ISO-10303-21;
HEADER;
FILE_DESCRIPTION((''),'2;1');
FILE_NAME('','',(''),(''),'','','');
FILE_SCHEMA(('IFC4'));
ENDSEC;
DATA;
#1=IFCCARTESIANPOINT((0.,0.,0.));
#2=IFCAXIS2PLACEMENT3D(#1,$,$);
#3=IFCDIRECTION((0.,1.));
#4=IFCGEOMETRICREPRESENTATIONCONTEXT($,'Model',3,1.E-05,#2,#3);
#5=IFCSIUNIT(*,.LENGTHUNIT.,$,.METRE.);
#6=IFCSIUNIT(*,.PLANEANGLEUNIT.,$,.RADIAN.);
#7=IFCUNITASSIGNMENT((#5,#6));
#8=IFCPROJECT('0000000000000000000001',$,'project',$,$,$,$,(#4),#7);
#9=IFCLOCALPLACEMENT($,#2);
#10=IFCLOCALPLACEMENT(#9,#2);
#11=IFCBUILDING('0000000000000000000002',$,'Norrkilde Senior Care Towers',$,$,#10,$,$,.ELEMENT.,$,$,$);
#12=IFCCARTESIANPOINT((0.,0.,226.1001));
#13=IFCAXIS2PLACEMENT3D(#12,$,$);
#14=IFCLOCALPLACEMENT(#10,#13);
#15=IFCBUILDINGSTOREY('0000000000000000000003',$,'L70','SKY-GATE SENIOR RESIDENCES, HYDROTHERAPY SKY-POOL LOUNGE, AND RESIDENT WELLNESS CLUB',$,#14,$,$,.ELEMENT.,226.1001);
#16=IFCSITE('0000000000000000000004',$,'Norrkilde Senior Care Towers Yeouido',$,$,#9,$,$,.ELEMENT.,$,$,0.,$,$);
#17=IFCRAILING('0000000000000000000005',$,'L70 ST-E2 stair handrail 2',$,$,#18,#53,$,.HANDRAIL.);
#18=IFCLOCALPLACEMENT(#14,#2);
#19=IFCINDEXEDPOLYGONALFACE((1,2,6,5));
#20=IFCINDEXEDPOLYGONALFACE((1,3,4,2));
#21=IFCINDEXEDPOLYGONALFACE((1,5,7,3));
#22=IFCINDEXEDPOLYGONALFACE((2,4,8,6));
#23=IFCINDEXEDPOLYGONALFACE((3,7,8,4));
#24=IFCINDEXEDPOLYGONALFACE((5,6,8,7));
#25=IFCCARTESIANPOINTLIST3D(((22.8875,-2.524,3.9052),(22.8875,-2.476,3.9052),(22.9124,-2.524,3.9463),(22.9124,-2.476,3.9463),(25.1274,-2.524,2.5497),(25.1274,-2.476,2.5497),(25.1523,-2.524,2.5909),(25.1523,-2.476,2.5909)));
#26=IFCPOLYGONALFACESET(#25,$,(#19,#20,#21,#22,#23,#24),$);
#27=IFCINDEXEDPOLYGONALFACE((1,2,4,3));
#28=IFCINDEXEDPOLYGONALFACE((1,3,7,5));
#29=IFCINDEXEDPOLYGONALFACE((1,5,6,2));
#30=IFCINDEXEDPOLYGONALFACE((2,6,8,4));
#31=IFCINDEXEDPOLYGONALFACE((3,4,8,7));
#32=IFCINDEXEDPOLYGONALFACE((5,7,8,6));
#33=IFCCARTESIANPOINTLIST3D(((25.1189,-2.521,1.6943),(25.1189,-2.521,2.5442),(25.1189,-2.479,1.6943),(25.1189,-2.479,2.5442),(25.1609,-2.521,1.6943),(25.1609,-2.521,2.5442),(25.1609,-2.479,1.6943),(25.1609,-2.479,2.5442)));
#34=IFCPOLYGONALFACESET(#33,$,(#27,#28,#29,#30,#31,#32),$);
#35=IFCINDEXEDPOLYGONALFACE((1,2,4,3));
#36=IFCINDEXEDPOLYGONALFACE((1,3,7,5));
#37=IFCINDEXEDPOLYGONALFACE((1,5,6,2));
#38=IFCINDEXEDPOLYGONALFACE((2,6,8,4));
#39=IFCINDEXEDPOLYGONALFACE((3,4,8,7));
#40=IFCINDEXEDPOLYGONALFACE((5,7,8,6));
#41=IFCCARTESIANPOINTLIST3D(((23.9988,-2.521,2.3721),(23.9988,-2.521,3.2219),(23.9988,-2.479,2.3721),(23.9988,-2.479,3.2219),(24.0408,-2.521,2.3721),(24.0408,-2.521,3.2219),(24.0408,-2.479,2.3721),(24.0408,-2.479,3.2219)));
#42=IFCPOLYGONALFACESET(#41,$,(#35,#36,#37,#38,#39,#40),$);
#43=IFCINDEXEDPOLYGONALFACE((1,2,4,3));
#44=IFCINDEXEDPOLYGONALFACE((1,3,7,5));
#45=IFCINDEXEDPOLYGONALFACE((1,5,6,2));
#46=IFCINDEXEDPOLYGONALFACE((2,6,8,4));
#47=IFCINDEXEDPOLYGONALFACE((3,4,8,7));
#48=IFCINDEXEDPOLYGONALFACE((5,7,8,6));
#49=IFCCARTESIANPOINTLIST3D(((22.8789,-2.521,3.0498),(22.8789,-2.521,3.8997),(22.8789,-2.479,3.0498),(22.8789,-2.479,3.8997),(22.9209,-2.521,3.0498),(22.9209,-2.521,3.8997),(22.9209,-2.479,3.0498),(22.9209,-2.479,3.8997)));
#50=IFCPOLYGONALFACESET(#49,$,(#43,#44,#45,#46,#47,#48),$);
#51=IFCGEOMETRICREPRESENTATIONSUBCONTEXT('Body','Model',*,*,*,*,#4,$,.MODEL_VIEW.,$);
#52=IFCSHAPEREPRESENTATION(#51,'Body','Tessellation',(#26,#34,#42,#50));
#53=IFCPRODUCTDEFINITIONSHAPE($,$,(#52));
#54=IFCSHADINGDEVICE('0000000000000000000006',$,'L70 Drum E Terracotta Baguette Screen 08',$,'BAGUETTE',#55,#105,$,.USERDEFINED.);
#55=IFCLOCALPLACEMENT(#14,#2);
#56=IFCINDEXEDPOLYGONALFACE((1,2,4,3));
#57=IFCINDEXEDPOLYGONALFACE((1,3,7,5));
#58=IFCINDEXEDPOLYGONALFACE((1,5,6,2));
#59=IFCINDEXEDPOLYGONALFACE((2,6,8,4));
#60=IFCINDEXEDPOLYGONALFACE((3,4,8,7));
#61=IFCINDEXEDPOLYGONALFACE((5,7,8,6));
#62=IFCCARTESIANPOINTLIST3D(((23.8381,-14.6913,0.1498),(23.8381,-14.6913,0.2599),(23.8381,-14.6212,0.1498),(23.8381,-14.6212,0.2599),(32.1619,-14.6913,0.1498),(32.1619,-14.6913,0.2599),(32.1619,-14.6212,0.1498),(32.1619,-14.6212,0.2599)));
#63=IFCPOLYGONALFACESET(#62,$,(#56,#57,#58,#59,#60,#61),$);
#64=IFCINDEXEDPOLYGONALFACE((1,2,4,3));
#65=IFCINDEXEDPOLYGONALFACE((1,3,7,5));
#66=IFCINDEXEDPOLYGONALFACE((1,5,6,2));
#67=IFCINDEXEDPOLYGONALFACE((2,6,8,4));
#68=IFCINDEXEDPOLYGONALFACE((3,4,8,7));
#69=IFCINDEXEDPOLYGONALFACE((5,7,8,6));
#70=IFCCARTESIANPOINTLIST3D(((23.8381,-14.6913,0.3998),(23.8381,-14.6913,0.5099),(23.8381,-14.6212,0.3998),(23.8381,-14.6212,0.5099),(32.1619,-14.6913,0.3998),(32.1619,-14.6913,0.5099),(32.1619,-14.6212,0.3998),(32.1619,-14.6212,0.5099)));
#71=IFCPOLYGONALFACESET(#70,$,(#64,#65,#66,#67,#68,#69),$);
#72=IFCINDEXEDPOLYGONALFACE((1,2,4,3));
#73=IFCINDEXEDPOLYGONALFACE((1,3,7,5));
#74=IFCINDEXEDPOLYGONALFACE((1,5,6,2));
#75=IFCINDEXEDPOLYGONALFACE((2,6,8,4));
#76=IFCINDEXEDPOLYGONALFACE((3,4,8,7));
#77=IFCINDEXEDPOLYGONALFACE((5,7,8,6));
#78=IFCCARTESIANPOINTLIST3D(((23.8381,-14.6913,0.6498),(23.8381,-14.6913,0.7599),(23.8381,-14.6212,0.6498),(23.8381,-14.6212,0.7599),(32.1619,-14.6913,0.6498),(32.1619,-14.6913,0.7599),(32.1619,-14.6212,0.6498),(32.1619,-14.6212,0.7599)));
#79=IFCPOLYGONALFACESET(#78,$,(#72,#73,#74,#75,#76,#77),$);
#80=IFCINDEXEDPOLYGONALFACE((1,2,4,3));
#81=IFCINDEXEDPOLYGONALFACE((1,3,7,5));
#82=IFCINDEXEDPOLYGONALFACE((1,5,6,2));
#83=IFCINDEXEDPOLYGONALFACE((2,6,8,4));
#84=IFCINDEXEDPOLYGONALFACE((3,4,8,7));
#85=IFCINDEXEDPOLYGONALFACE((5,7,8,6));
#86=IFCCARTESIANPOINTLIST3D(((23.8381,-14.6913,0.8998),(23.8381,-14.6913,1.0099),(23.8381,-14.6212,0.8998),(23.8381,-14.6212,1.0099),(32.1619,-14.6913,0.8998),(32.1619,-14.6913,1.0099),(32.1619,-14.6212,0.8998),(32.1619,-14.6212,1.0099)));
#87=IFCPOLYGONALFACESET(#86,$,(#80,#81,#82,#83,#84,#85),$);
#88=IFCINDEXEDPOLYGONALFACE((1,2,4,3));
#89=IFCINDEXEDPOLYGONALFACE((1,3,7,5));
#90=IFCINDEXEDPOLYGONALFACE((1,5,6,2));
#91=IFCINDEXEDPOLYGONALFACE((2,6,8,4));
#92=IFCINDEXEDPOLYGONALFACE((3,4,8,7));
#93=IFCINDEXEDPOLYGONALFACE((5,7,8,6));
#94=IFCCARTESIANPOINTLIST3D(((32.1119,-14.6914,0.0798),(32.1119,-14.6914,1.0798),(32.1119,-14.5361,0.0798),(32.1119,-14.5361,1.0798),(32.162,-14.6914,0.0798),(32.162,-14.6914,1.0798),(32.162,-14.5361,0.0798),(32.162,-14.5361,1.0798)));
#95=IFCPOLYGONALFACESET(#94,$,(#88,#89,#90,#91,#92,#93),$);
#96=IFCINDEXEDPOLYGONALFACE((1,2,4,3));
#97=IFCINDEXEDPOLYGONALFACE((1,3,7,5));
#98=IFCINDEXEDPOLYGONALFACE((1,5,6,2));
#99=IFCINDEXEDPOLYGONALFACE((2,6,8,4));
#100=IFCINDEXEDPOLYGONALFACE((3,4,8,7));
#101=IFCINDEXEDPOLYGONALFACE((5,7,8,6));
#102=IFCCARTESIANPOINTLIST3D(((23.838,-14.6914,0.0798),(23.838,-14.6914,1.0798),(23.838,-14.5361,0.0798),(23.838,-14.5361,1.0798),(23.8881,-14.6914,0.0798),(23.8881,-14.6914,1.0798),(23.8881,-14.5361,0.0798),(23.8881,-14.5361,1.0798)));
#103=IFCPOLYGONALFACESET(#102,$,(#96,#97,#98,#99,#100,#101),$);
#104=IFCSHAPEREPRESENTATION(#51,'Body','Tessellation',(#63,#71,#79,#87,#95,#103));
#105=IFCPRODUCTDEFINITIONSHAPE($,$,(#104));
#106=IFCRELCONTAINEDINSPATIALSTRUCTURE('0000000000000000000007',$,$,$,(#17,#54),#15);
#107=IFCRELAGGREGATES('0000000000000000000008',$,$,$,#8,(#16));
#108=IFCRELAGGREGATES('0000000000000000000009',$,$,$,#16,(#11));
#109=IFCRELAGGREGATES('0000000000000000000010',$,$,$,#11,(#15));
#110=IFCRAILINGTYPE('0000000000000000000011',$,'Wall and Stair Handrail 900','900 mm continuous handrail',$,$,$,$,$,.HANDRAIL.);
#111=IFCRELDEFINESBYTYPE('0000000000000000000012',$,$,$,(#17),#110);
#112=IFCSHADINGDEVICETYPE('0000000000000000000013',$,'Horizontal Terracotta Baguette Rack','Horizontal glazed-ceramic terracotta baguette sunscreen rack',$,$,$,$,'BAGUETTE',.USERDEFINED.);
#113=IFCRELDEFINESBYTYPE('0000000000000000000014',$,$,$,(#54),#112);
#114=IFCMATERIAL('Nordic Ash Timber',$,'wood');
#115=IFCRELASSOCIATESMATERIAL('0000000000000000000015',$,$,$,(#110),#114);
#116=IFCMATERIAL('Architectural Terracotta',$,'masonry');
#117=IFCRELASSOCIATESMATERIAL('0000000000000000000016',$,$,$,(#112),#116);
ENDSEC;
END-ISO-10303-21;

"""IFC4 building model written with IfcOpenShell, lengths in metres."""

from ifc_helpers import new_model, si_unit, direction, frame, origin, origin_2d, place, context, subcontext, project, spatial, rectangle, extrude, source, transform, mapped, material, type_object, type_shapes, element, save


model = new_model("IFC4")

# Units and contexts
model_context = context("Model", 3, precision=1e-05, world=origin(), true_north=direction((0.0, 1.0)))
body_context = subcontext(model_context, "Body", "Model", "MODEL_VIEW")
ifc_project = project(units=[si_unit("LENGTHUNIT", "METRE"), si_unit("PLANEANGLEUNIT", "RADIAN")], contexts=[model_context])

# Site, building, storey
site_placement = place(None, origin())
site = spatial("IfcSite", under=ifc_project, at=site_placement, Name="Norrkilde Senior Care Towers Yeouido", CompositionType="ELEMENT", RefElevation=0.0)
building_placement = place(site_placement, origin())
building = spatial("IfcBuilding", under=site, at=building_placement, Name="Norrkilde Senior Care Towers", CompositionType="ELEMENT")
storey_placement = place(building_placement, frame((0.0, 0.0, 226.1001)))
storey = spatial("IfcBuildingStorey", under=building, at=storey_placement, Name="L70", Description="SKY-GATE SENIOR RESIDENCES, HYDROTHERAPY SKY-POOL LOUNGE, AND RESIDENT WELLNESS CLUB", CompositionType="ELEMENT", Elevation=226.1001)

# Shared definitions
ifc_material_1 = material(Name="Nordic Ash Timber", Category="wood")

# Railing
railing_type_1 = type_object("IfcRailingType", Name="Wall and Stair Handrail 900", Description="900 mm continuous handrail", PredefinedType="HANDRAIL", material=ifc_material_1)
railing_1_placement = place(storey_placement, frame((25.1399, -2.5, 1.6943)))
element("IfcRailing", 1, at=railing_1_placement, inside=storey, type_object=railing_type_1, Name="L70 ST-E2 stair handrail 2", PredefinedType="HANDRAIL", context=body_context, shape_type="SweptSolid", body=[
    extrude(rectangle(XDim=0.0481, YDim=0.0481, at=origin_2d()), frame((0.0, 0.0, 0.876), z_axis=(-0.855553, 0.0, 0.517715), x_axis=(0.0, -1.0, 0.0)), (0.0, 0.0, 1.0), 2.6182),
    extrude(rectangle(XDim=0.042, YDim=0.042, at=origin_2d()), origin(), (0.0, 0.0, 1.0), 0.8499),
    extrude(rectangle(XDim=0.042, YDim=0.042, at=origin_2d()), frame((-1.1201, 0.0, 0.6777)), (0.0, 0.0, 1.0), 0.8499),
    extrude(rectangle(XDim=0.042, YDim=0.042, at=origin_2d()), frame((-2.24, 0.0, 1.3555)), (0.0, 0.0, 1.0), 0.8499),
])

# Shading device
ifc_material_2 = material(Name="Architectural Terracotta", Category="masonry")
shading_device_type = type_object("IfcShadingDeviceType", Name="Horizontal Terracotta Baguette Rack", Description="Horizontal glazed-ceramic terracotta baguette sunscreen rack", ElementType="BAGUETTE", PredefinedType="USERDEFINED", material=ifc_material_2)
shared_shape_1 = source(origin(), body_context, "Body", "SweptSolid", [
    extrude(rectangle(XDim=0.0701, YDim=0.1101, at=origin_2d()), frame((0.0, 0.0901, 0.125), z_axis=(1.0, 0.0, 0.0), x_axis=(0.0, 1.0, 0.0)), (0.0, 0.0, 1.0), 8.3237),
    extrude(rectangle(XDim=0.0701, YDim=0.1101, at=origin_2d()), frame((0.0, 0.0901, 0.375), z_axis=(1.0, 0.0, 0.0), x_axis=(0.0, 1.0, 0.0)), (0.0, 0.0, 1.0), 8.3237),
    extrude(rectangle(XDim=0.0701, YDim=0.1101, at=origin_2d()), frame((0.0, 0.0901, 0.625), z_axis=(1.0, 0.0, 0.0), x_axis=(0.0, 1.0, 0.0)), (0.0, 0.0, 1.0), 8.3237),
    extrude(rectangle(XDim=0.0701, YDim=0.1101, at=origin_2d()), frame((0.0, 0.0901, 0.875), z_axis=(1.0, 0.0, 0.0), x_axis=(0.0, 1.0, 0.0)), (0.0, 0.0, 1.0), 8.3237),
    extrude(rectangle(XDim=0.05, YDim=0.1553, at=origin_2d()), frame((0.0249, 0.0476, 0.0)), (0.0, 0.0, 1.0), 1.0),
    extrude(rectangle(XDim=0.05, YDim=0.1553, at=origin_2d()), frame((8.2988, 0.0476, 0.0)), (0.0, 0.0, 1.0), 1.0),
])
type_shapes(shading_device_type, [shared_shape_1])
shading_device_placement = place(storey_placement, frame((32.1619, -14.5662, 0.0798), z_axis=(0.0, 0.0, 1.0), x_axis=(-1.0, 0.0, 0.0)))
element("IfcShadingDevice", 2, at=shading_device_placement, inside=storey, type_object=shading_device_type, Name="L70 Drum E Terracotta Baguette Screen 08", ObjectType="BAGUETTE", PredefinedType="USERDEFINED", context=body_context, shape_type="MappedRepresentation", body=[
    mapped(shared_shape_1, transform((0.0, 0.0, 0.0), x_axis=(1.0, 0.0, 0.0), y_axis=(0.0, 1.0, 0.0), z_axis=(0.0, 0.0, 1.0), scale=1.0)),
])

save(model, "model.ifc")
